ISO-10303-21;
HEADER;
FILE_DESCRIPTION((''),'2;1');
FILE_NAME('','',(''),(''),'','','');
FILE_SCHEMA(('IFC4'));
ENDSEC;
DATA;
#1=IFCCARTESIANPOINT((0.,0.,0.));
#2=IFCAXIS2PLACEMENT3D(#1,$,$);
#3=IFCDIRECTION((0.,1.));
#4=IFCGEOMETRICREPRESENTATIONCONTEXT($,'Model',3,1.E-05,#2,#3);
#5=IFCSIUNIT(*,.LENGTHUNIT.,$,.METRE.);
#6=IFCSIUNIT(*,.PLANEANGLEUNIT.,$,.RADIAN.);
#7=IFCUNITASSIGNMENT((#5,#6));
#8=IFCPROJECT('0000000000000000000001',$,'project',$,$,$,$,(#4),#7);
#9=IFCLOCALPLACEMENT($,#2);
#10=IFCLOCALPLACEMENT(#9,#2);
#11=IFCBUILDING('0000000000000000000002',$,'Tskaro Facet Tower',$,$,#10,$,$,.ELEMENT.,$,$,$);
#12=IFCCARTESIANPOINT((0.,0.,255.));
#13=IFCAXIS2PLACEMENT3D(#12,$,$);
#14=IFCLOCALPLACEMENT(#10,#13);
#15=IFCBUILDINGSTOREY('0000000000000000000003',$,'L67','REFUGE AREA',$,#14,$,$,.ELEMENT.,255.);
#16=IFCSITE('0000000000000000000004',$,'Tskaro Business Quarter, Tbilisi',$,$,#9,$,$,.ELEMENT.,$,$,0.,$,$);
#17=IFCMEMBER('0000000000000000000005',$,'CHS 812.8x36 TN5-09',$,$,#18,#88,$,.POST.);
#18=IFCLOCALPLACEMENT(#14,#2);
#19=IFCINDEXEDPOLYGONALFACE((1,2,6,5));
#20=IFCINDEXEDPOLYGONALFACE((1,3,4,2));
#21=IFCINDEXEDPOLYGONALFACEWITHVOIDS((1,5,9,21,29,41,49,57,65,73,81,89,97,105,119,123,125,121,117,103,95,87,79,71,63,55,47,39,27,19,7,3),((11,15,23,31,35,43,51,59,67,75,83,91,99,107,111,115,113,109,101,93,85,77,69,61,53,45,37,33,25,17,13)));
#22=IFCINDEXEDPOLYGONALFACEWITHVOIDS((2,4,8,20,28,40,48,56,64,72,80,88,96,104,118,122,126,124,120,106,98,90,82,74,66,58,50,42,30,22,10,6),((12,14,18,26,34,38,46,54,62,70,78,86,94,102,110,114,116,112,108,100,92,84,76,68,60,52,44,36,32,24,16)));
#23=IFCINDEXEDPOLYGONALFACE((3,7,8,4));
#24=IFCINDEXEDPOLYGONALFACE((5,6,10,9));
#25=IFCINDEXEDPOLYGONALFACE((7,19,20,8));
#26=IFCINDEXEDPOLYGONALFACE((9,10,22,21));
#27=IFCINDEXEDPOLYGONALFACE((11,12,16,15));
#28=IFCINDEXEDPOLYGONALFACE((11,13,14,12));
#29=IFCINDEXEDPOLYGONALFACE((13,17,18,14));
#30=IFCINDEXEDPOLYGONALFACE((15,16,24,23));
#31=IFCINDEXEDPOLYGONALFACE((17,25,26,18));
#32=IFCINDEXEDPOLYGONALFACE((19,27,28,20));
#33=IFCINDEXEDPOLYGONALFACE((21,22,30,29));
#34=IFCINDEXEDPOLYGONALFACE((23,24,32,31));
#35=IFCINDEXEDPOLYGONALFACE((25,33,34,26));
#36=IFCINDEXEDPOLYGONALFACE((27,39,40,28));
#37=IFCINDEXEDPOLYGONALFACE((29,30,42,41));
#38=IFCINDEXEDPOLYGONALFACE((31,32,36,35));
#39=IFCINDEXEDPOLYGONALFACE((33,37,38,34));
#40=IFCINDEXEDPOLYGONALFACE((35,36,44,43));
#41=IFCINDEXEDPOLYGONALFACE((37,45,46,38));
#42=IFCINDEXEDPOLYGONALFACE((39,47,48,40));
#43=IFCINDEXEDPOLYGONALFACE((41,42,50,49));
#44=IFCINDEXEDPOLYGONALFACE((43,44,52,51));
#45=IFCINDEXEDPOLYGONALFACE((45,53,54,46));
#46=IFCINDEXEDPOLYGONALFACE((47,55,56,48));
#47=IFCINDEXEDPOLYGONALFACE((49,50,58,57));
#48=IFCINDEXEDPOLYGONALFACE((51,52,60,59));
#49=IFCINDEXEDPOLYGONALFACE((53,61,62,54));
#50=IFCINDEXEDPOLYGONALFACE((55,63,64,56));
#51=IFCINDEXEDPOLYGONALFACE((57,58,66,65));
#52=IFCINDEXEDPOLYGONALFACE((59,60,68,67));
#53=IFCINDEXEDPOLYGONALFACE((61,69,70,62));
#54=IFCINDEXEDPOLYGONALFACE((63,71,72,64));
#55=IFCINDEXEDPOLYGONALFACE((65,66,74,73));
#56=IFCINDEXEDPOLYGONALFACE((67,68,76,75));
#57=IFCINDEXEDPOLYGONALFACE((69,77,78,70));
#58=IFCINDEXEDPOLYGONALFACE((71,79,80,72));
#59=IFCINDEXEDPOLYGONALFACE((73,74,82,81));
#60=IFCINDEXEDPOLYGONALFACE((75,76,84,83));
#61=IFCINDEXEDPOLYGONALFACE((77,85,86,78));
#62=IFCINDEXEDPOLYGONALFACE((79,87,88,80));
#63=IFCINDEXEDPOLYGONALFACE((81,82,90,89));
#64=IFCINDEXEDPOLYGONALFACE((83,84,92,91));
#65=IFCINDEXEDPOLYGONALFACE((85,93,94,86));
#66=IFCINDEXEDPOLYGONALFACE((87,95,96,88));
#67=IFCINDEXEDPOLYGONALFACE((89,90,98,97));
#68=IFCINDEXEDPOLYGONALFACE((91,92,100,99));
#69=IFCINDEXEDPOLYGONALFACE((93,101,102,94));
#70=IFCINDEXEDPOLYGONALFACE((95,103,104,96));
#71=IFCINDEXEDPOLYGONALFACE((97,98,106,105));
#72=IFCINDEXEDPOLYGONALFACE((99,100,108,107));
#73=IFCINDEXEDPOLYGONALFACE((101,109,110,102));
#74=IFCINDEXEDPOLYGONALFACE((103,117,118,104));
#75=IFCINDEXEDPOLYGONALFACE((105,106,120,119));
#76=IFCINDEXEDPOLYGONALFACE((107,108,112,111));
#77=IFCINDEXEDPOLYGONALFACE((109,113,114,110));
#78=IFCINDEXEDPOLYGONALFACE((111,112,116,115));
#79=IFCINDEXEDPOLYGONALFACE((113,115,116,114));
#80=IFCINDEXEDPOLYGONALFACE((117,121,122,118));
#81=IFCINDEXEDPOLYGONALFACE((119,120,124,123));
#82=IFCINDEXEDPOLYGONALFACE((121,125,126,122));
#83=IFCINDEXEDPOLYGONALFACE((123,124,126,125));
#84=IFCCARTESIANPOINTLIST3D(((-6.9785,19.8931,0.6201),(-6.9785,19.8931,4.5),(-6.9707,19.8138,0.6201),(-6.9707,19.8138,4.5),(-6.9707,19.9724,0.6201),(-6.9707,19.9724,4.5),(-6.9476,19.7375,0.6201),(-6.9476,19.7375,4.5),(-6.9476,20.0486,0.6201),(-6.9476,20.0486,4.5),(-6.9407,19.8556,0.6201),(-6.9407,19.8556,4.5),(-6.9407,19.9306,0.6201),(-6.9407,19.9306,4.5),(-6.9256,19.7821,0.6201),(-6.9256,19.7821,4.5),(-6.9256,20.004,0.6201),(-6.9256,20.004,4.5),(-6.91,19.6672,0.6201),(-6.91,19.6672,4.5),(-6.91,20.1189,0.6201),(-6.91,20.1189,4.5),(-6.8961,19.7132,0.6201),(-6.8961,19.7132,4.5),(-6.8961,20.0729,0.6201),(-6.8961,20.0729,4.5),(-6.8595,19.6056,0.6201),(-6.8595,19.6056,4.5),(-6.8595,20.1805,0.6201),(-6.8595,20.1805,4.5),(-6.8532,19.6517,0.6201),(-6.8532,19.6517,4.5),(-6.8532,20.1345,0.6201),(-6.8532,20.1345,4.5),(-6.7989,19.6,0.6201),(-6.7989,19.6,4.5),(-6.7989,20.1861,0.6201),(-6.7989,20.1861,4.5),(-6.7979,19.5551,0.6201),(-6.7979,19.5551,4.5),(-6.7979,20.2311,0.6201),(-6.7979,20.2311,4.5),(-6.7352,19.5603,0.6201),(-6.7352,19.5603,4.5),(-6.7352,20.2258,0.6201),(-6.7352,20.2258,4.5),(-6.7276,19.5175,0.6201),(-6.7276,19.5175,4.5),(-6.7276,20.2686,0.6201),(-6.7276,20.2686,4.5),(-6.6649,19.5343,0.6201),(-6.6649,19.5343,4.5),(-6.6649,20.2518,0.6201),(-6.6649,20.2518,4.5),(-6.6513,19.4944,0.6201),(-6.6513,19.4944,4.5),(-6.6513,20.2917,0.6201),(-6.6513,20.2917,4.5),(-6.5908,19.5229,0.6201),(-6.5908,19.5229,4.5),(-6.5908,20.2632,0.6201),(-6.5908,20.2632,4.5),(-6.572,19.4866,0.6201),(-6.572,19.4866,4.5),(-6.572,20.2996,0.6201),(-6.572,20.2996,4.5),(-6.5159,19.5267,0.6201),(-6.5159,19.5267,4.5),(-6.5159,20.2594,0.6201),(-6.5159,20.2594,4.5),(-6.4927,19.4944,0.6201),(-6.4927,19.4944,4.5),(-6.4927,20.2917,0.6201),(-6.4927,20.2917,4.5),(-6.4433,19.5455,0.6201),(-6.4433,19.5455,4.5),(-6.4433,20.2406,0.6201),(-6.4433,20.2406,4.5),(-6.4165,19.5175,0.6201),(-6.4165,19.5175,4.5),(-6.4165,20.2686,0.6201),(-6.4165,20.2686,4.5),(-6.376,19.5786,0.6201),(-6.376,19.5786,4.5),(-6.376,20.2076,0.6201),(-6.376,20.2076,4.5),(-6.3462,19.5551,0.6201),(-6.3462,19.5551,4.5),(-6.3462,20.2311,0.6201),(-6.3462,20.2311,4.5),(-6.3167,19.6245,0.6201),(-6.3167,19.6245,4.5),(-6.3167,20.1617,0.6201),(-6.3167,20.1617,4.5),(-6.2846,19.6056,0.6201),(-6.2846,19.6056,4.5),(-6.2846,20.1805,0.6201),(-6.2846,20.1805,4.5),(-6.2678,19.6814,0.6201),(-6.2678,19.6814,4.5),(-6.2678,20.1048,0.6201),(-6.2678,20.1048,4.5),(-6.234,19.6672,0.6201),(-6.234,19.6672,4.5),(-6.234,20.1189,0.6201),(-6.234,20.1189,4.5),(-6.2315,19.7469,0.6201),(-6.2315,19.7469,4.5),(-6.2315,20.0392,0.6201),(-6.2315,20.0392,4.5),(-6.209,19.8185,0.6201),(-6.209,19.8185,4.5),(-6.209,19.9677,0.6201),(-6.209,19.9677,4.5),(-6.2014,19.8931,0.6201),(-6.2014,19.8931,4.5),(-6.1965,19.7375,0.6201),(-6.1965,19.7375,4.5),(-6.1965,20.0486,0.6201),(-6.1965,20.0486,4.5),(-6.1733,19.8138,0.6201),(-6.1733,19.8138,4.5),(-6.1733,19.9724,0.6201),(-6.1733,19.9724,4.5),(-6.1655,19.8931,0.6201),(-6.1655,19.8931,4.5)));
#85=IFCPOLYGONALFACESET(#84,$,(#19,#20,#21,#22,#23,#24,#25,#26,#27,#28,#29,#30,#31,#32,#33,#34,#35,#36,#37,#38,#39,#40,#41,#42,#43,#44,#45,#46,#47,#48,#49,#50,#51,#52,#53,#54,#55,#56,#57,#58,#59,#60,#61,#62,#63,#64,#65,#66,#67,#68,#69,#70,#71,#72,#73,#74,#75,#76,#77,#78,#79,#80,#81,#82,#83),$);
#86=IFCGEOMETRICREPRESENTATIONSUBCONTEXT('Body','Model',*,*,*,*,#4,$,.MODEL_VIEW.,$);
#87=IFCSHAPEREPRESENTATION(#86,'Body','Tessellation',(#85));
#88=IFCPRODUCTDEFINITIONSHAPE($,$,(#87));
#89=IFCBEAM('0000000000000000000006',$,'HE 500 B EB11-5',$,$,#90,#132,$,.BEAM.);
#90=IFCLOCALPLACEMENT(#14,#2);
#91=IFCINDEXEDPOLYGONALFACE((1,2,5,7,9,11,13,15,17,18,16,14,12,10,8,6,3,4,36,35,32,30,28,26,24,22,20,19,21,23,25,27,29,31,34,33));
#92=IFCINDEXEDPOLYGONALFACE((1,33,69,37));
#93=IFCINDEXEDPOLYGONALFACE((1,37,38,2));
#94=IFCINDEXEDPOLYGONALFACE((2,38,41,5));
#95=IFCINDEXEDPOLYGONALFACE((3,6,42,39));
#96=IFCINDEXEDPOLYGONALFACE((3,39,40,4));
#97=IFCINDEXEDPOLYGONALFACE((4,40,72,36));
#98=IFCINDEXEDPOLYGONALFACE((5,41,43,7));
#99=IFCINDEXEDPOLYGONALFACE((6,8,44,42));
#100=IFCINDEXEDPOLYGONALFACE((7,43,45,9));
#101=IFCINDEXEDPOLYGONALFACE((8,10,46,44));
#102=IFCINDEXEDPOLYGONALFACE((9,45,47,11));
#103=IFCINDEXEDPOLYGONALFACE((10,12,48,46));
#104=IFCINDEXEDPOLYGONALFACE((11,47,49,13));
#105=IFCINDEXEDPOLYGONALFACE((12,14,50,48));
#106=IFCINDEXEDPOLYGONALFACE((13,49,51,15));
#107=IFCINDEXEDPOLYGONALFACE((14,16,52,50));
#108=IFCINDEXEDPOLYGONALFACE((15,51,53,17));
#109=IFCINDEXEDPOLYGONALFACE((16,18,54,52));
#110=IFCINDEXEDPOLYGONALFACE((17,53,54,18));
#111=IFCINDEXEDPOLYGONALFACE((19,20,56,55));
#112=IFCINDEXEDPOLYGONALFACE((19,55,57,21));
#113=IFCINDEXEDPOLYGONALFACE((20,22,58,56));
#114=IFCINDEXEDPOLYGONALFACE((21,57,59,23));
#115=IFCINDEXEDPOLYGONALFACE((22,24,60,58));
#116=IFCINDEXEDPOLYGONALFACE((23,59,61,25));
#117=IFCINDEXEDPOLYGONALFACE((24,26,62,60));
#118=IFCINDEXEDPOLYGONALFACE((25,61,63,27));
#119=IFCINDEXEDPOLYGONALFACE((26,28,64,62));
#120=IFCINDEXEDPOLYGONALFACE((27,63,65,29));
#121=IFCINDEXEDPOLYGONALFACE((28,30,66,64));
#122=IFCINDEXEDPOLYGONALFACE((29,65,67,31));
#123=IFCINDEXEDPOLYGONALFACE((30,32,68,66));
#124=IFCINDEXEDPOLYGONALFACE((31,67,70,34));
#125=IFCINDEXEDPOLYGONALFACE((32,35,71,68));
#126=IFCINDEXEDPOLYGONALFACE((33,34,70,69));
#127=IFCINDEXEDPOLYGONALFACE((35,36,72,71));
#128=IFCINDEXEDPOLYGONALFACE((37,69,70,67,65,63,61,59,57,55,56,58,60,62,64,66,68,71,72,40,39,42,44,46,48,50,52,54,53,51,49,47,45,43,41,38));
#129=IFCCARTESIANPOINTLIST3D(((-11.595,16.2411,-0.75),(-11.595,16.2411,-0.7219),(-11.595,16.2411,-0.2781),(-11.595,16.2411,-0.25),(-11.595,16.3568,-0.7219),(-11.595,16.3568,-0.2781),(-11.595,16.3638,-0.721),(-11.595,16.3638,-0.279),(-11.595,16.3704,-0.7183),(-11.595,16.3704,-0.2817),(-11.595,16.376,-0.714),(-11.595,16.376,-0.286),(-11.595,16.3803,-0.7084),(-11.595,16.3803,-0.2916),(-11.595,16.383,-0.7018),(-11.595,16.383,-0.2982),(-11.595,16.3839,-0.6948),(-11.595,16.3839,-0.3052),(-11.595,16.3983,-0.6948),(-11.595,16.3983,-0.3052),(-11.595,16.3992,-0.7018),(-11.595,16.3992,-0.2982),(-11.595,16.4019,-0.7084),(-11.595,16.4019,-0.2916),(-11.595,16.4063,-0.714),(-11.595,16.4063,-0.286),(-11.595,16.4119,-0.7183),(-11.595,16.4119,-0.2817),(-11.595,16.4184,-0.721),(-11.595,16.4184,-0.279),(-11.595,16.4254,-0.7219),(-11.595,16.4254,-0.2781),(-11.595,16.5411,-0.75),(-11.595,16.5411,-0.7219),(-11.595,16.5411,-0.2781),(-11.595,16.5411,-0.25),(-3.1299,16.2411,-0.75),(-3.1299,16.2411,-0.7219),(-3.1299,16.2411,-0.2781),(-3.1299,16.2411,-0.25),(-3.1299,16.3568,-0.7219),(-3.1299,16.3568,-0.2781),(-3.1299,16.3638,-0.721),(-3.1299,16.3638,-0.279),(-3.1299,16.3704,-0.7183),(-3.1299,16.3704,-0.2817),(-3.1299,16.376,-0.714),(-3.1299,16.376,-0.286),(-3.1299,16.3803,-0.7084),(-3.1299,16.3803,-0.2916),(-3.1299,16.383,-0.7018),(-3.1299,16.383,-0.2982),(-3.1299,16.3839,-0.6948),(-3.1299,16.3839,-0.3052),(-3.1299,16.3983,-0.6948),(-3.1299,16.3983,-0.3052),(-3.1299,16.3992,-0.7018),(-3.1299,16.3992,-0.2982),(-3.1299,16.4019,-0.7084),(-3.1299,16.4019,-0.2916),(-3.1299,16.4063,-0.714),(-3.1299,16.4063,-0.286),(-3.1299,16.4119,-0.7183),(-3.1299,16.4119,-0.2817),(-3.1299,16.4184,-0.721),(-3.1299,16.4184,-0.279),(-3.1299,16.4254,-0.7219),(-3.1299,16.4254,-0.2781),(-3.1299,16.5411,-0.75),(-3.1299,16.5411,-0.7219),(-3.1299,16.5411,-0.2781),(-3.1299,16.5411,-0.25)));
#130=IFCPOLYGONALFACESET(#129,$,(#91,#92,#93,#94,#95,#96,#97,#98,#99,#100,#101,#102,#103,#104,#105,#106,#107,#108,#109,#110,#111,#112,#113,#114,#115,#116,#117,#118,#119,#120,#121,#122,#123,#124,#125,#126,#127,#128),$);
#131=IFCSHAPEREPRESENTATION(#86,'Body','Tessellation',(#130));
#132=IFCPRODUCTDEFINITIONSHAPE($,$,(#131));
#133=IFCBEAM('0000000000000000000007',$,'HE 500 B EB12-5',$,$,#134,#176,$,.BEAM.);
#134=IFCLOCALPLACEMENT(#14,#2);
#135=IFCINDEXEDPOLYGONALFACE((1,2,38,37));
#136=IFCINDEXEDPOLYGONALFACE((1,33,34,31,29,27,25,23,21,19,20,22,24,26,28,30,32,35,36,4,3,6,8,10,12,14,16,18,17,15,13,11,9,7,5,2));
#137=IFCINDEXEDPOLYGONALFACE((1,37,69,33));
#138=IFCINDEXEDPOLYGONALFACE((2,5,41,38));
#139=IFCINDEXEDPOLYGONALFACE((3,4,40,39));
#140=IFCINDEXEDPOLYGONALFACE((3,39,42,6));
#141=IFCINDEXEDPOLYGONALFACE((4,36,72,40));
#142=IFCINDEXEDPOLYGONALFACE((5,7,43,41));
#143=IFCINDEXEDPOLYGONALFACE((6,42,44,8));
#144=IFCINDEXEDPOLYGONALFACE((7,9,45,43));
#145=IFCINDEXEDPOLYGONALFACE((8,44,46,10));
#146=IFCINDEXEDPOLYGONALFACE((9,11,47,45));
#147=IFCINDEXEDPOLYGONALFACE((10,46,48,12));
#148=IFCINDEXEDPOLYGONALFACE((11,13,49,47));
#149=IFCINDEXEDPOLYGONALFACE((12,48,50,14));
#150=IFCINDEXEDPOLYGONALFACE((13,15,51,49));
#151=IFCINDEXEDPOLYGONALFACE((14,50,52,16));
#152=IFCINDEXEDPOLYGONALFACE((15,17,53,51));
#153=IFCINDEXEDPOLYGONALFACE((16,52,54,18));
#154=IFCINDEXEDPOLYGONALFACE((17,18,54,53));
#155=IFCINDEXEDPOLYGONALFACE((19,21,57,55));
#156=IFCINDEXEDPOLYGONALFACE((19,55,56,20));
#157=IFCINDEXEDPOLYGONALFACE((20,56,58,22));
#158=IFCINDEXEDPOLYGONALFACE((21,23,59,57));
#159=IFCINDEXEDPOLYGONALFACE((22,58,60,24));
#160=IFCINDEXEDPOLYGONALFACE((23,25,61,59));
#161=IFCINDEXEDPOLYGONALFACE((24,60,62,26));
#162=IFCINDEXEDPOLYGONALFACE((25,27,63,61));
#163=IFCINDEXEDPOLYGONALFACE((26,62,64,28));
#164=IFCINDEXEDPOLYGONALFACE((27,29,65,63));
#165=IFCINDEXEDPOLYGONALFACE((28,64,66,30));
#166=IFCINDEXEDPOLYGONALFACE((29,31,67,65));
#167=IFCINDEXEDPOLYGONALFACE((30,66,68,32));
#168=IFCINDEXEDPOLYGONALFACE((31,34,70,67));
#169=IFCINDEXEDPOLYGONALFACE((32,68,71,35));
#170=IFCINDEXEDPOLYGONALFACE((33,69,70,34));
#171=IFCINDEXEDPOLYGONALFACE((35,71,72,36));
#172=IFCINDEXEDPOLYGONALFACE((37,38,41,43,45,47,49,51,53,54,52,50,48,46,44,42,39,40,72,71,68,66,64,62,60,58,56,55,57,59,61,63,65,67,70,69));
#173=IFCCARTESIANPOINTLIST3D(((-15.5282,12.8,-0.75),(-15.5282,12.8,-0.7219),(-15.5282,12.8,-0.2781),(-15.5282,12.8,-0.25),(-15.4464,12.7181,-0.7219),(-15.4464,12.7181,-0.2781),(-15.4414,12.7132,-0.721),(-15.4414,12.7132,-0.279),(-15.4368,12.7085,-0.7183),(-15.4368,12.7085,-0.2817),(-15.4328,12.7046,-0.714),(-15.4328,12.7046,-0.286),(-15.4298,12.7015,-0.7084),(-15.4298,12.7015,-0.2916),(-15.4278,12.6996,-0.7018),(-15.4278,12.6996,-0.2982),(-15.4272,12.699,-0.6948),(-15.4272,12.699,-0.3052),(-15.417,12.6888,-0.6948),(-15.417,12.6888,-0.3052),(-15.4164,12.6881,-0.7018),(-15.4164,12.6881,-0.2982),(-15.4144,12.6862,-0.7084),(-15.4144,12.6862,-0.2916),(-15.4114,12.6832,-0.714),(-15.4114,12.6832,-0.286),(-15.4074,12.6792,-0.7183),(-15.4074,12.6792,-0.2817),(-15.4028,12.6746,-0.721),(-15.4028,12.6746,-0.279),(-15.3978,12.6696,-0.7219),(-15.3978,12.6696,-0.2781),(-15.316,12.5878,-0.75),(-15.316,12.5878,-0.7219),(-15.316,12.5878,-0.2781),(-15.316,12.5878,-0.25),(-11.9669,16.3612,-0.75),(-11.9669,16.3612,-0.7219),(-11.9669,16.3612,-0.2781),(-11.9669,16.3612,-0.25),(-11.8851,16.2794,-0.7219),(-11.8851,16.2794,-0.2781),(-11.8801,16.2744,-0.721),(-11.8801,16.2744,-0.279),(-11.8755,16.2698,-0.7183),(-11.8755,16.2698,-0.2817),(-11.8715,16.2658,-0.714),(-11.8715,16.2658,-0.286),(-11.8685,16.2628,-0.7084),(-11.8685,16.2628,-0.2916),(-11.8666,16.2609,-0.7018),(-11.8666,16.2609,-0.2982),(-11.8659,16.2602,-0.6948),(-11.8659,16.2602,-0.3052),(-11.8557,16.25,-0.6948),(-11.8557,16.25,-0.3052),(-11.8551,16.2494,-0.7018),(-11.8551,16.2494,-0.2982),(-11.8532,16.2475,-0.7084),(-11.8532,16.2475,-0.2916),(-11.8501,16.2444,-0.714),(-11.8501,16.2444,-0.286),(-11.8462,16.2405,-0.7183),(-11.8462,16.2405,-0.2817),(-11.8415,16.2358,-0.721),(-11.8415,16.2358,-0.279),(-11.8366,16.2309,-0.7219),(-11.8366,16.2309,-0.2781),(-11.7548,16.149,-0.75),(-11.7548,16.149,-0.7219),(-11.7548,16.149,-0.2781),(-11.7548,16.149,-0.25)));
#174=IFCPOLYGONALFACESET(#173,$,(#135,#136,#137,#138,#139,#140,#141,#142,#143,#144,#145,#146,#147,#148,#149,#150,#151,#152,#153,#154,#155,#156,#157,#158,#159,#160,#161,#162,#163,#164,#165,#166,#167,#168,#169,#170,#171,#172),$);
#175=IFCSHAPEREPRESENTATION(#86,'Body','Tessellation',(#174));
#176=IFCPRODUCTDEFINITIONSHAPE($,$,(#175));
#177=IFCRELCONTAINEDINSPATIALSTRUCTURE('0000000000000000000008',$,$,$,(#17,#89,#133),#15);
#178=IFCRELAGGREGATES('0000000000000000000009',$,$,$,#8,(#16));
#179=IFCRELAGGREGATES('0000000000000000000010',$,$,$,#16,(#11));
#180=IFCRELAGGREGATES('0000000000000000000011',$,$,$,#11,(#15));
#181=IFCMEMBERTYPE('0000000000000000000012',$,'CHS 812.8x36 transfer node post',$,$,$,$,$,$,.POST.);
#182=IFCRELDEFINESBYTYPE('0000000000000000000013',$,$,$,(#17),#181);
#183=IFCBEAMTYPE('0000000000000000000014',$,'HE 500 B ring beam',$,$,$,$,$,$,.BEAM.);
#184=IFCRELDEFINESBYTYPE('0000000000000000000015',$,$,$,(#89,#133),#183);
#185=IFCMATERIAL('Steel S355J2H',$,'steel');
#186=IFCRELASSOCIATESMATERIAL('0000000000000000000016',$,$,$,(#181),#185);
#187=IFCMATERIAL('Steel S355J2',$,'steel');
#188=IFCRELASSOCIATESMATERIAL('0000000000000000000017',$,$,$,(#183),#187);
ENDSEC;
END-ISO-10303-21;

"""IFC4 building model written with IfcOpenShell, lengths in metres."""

from ifc_helpers import new_model, si_unit, direction, frame, origin, origin_2d, place, context, subcontext, project, spatial, hollow_circle, i_section, extrude, material, material_profile, profile_set, type_object, element, save


model = new_model("IFC4")

# Units and contexts
model_context = context("Model", 3, precision=1e-05, world=origin(), true_north=direction((0.0, 1.0)))
body_context = subcontext(model_context, "Body", "Model", "MODEL_VIEW")
ifc_project = project(units=[si_unit("LENGTHUNIT", "METRE"), si_unit("PLANEANGLEUNIT", "RADIAN")], contexts=[model_context])

# Site, building, storey
site_placement = place(None, origin())
site = spatial("IfcSite", under=ifc_project, at=site_placement, Name="Tskaro Business Quarter, Tbilisi", CompositionType="ELEMENT", RefElevation=0.0)
building_placement = place(site_placement, origin())
building = spatial("IfcBuilding", under=site, at=building_placement, Name="Tskaro Facet Tower", CompositionType="ELEMENT")
storey_placement = place(building_placement, frame((0.0, 0.0, 255.0)))
storey = spatial("IfcBuildingStorey", under=building, at=storey_placement, Name="L67", Description="REFUGE AREA", CompositionType="ELEMENT", Elevation=255.0)

# Shared definitions
ifc_material_1 = material(Name="Steel S355J2", Category="steel")
ifc_material_2 = material(Name="Steel S355J2H", Category="steel")

# Member
ifc_material_profile_1 = material_profile(ifc_material_2, hollow_circle(Radius=0.4065, WallThickness=0.0359, at=origin_2d()), Name="CHS 812.8x36")
ifc_profile_set_1 = profile_set([ifc_material_profile_1], Name="Steel S355J2H")
member_type_1 = type_object("IfcMemberType", Name="CHS 812.8x36 transfer node post", PredefinedType="POST", material=ifc_profile_set_1)
member_1_placement = place(storey_placement, frame((-6.572, 19.8931, 0.6201), z_axis=(0.0, 0.0, 1.0), x_axis=(1.0, 0.0, 0.0)))
element("IfcMember", 1, at=member_1_placement, inside=storey, type_object=member_type_1, Name="CHS 812.8x36 TN5-09", PredefinedType="POST", context=body_context, shape_type="SweptSolid", body=[
    extrude(hollow_circle(Radius=0.4065, WallThickness=0.0359, at=origin_2d()), origin(), (0.0, 0.0, 1.0), 3.8799),
])

# Beams
ifc_material_profile_2 = material_profile(ifc_material_1, i_section(OverallWidth=0.3, OverallDepth=0.5, WebThickness=0.0144, FlangeThickness=0.0281, FilletRadius=0.0271, at=origin_2d()), Name="HE 500 B")
ifc_profile_set_2 = profile_set([ifc_material_profile_2], Name="Steel S355J2")
beam_type_1 = type_object("IfcBeamType", Name="HE 500 B ring beam", PredefinedType="BEAM", material=ifc_profile_set_2)
beam_1_placement = place(storey_placement, frame((-3.1299, 16.3911, -0.5), z_axis=(-1.0, 0.0, 0.0), x_axis=(0.0, -1.0, 0.0)))
element("IfcBeam", 2, at=beam_1_placement, inside=storey, type_object=beam_type_1, Name="HE 500 B EB11-5", PredefinedType="BEAM", context=body_context, shape_type="SweptSolid", body=[
    extrude(i_section(OverallWidth=0.3, OverallDepth=0.5, WebThickness=0.0144, FlangeThickness=0.0281, FilletRadius=0.0271, at=origin_2d()), origin(), (0.0, 0.0, 1.0), 8.4651),
])
for number, where, z_axis, x_axis, name in (
    (3, (-11.8608, 16.2551, -0.5), (-0.707107, -0.707107, 0.0), (0.707107, -0.707107, 0.0), "HE 500 B EB12-5"),
):
    element("IfcBeam", number, at=place(storey_placement, frame(where, z_axis=z_axis, x_axis=x_axis)), inside=storey, type_object=beam_type_1, Name=name, PredefinedType="BEAM", context=body_context, shape_type="SweptSolid", body=[
        extrude(i_section(OverallWidth=0.3, OverallDepth=0.5, WebThickness=0.0144, FlangeThickness=0.0281, FilletRadius=0.0271, at=origin_2d()), origin(), (0.0, 0.0, 1.0), 5.0364),
    ])

save(model, "model.ifc")
